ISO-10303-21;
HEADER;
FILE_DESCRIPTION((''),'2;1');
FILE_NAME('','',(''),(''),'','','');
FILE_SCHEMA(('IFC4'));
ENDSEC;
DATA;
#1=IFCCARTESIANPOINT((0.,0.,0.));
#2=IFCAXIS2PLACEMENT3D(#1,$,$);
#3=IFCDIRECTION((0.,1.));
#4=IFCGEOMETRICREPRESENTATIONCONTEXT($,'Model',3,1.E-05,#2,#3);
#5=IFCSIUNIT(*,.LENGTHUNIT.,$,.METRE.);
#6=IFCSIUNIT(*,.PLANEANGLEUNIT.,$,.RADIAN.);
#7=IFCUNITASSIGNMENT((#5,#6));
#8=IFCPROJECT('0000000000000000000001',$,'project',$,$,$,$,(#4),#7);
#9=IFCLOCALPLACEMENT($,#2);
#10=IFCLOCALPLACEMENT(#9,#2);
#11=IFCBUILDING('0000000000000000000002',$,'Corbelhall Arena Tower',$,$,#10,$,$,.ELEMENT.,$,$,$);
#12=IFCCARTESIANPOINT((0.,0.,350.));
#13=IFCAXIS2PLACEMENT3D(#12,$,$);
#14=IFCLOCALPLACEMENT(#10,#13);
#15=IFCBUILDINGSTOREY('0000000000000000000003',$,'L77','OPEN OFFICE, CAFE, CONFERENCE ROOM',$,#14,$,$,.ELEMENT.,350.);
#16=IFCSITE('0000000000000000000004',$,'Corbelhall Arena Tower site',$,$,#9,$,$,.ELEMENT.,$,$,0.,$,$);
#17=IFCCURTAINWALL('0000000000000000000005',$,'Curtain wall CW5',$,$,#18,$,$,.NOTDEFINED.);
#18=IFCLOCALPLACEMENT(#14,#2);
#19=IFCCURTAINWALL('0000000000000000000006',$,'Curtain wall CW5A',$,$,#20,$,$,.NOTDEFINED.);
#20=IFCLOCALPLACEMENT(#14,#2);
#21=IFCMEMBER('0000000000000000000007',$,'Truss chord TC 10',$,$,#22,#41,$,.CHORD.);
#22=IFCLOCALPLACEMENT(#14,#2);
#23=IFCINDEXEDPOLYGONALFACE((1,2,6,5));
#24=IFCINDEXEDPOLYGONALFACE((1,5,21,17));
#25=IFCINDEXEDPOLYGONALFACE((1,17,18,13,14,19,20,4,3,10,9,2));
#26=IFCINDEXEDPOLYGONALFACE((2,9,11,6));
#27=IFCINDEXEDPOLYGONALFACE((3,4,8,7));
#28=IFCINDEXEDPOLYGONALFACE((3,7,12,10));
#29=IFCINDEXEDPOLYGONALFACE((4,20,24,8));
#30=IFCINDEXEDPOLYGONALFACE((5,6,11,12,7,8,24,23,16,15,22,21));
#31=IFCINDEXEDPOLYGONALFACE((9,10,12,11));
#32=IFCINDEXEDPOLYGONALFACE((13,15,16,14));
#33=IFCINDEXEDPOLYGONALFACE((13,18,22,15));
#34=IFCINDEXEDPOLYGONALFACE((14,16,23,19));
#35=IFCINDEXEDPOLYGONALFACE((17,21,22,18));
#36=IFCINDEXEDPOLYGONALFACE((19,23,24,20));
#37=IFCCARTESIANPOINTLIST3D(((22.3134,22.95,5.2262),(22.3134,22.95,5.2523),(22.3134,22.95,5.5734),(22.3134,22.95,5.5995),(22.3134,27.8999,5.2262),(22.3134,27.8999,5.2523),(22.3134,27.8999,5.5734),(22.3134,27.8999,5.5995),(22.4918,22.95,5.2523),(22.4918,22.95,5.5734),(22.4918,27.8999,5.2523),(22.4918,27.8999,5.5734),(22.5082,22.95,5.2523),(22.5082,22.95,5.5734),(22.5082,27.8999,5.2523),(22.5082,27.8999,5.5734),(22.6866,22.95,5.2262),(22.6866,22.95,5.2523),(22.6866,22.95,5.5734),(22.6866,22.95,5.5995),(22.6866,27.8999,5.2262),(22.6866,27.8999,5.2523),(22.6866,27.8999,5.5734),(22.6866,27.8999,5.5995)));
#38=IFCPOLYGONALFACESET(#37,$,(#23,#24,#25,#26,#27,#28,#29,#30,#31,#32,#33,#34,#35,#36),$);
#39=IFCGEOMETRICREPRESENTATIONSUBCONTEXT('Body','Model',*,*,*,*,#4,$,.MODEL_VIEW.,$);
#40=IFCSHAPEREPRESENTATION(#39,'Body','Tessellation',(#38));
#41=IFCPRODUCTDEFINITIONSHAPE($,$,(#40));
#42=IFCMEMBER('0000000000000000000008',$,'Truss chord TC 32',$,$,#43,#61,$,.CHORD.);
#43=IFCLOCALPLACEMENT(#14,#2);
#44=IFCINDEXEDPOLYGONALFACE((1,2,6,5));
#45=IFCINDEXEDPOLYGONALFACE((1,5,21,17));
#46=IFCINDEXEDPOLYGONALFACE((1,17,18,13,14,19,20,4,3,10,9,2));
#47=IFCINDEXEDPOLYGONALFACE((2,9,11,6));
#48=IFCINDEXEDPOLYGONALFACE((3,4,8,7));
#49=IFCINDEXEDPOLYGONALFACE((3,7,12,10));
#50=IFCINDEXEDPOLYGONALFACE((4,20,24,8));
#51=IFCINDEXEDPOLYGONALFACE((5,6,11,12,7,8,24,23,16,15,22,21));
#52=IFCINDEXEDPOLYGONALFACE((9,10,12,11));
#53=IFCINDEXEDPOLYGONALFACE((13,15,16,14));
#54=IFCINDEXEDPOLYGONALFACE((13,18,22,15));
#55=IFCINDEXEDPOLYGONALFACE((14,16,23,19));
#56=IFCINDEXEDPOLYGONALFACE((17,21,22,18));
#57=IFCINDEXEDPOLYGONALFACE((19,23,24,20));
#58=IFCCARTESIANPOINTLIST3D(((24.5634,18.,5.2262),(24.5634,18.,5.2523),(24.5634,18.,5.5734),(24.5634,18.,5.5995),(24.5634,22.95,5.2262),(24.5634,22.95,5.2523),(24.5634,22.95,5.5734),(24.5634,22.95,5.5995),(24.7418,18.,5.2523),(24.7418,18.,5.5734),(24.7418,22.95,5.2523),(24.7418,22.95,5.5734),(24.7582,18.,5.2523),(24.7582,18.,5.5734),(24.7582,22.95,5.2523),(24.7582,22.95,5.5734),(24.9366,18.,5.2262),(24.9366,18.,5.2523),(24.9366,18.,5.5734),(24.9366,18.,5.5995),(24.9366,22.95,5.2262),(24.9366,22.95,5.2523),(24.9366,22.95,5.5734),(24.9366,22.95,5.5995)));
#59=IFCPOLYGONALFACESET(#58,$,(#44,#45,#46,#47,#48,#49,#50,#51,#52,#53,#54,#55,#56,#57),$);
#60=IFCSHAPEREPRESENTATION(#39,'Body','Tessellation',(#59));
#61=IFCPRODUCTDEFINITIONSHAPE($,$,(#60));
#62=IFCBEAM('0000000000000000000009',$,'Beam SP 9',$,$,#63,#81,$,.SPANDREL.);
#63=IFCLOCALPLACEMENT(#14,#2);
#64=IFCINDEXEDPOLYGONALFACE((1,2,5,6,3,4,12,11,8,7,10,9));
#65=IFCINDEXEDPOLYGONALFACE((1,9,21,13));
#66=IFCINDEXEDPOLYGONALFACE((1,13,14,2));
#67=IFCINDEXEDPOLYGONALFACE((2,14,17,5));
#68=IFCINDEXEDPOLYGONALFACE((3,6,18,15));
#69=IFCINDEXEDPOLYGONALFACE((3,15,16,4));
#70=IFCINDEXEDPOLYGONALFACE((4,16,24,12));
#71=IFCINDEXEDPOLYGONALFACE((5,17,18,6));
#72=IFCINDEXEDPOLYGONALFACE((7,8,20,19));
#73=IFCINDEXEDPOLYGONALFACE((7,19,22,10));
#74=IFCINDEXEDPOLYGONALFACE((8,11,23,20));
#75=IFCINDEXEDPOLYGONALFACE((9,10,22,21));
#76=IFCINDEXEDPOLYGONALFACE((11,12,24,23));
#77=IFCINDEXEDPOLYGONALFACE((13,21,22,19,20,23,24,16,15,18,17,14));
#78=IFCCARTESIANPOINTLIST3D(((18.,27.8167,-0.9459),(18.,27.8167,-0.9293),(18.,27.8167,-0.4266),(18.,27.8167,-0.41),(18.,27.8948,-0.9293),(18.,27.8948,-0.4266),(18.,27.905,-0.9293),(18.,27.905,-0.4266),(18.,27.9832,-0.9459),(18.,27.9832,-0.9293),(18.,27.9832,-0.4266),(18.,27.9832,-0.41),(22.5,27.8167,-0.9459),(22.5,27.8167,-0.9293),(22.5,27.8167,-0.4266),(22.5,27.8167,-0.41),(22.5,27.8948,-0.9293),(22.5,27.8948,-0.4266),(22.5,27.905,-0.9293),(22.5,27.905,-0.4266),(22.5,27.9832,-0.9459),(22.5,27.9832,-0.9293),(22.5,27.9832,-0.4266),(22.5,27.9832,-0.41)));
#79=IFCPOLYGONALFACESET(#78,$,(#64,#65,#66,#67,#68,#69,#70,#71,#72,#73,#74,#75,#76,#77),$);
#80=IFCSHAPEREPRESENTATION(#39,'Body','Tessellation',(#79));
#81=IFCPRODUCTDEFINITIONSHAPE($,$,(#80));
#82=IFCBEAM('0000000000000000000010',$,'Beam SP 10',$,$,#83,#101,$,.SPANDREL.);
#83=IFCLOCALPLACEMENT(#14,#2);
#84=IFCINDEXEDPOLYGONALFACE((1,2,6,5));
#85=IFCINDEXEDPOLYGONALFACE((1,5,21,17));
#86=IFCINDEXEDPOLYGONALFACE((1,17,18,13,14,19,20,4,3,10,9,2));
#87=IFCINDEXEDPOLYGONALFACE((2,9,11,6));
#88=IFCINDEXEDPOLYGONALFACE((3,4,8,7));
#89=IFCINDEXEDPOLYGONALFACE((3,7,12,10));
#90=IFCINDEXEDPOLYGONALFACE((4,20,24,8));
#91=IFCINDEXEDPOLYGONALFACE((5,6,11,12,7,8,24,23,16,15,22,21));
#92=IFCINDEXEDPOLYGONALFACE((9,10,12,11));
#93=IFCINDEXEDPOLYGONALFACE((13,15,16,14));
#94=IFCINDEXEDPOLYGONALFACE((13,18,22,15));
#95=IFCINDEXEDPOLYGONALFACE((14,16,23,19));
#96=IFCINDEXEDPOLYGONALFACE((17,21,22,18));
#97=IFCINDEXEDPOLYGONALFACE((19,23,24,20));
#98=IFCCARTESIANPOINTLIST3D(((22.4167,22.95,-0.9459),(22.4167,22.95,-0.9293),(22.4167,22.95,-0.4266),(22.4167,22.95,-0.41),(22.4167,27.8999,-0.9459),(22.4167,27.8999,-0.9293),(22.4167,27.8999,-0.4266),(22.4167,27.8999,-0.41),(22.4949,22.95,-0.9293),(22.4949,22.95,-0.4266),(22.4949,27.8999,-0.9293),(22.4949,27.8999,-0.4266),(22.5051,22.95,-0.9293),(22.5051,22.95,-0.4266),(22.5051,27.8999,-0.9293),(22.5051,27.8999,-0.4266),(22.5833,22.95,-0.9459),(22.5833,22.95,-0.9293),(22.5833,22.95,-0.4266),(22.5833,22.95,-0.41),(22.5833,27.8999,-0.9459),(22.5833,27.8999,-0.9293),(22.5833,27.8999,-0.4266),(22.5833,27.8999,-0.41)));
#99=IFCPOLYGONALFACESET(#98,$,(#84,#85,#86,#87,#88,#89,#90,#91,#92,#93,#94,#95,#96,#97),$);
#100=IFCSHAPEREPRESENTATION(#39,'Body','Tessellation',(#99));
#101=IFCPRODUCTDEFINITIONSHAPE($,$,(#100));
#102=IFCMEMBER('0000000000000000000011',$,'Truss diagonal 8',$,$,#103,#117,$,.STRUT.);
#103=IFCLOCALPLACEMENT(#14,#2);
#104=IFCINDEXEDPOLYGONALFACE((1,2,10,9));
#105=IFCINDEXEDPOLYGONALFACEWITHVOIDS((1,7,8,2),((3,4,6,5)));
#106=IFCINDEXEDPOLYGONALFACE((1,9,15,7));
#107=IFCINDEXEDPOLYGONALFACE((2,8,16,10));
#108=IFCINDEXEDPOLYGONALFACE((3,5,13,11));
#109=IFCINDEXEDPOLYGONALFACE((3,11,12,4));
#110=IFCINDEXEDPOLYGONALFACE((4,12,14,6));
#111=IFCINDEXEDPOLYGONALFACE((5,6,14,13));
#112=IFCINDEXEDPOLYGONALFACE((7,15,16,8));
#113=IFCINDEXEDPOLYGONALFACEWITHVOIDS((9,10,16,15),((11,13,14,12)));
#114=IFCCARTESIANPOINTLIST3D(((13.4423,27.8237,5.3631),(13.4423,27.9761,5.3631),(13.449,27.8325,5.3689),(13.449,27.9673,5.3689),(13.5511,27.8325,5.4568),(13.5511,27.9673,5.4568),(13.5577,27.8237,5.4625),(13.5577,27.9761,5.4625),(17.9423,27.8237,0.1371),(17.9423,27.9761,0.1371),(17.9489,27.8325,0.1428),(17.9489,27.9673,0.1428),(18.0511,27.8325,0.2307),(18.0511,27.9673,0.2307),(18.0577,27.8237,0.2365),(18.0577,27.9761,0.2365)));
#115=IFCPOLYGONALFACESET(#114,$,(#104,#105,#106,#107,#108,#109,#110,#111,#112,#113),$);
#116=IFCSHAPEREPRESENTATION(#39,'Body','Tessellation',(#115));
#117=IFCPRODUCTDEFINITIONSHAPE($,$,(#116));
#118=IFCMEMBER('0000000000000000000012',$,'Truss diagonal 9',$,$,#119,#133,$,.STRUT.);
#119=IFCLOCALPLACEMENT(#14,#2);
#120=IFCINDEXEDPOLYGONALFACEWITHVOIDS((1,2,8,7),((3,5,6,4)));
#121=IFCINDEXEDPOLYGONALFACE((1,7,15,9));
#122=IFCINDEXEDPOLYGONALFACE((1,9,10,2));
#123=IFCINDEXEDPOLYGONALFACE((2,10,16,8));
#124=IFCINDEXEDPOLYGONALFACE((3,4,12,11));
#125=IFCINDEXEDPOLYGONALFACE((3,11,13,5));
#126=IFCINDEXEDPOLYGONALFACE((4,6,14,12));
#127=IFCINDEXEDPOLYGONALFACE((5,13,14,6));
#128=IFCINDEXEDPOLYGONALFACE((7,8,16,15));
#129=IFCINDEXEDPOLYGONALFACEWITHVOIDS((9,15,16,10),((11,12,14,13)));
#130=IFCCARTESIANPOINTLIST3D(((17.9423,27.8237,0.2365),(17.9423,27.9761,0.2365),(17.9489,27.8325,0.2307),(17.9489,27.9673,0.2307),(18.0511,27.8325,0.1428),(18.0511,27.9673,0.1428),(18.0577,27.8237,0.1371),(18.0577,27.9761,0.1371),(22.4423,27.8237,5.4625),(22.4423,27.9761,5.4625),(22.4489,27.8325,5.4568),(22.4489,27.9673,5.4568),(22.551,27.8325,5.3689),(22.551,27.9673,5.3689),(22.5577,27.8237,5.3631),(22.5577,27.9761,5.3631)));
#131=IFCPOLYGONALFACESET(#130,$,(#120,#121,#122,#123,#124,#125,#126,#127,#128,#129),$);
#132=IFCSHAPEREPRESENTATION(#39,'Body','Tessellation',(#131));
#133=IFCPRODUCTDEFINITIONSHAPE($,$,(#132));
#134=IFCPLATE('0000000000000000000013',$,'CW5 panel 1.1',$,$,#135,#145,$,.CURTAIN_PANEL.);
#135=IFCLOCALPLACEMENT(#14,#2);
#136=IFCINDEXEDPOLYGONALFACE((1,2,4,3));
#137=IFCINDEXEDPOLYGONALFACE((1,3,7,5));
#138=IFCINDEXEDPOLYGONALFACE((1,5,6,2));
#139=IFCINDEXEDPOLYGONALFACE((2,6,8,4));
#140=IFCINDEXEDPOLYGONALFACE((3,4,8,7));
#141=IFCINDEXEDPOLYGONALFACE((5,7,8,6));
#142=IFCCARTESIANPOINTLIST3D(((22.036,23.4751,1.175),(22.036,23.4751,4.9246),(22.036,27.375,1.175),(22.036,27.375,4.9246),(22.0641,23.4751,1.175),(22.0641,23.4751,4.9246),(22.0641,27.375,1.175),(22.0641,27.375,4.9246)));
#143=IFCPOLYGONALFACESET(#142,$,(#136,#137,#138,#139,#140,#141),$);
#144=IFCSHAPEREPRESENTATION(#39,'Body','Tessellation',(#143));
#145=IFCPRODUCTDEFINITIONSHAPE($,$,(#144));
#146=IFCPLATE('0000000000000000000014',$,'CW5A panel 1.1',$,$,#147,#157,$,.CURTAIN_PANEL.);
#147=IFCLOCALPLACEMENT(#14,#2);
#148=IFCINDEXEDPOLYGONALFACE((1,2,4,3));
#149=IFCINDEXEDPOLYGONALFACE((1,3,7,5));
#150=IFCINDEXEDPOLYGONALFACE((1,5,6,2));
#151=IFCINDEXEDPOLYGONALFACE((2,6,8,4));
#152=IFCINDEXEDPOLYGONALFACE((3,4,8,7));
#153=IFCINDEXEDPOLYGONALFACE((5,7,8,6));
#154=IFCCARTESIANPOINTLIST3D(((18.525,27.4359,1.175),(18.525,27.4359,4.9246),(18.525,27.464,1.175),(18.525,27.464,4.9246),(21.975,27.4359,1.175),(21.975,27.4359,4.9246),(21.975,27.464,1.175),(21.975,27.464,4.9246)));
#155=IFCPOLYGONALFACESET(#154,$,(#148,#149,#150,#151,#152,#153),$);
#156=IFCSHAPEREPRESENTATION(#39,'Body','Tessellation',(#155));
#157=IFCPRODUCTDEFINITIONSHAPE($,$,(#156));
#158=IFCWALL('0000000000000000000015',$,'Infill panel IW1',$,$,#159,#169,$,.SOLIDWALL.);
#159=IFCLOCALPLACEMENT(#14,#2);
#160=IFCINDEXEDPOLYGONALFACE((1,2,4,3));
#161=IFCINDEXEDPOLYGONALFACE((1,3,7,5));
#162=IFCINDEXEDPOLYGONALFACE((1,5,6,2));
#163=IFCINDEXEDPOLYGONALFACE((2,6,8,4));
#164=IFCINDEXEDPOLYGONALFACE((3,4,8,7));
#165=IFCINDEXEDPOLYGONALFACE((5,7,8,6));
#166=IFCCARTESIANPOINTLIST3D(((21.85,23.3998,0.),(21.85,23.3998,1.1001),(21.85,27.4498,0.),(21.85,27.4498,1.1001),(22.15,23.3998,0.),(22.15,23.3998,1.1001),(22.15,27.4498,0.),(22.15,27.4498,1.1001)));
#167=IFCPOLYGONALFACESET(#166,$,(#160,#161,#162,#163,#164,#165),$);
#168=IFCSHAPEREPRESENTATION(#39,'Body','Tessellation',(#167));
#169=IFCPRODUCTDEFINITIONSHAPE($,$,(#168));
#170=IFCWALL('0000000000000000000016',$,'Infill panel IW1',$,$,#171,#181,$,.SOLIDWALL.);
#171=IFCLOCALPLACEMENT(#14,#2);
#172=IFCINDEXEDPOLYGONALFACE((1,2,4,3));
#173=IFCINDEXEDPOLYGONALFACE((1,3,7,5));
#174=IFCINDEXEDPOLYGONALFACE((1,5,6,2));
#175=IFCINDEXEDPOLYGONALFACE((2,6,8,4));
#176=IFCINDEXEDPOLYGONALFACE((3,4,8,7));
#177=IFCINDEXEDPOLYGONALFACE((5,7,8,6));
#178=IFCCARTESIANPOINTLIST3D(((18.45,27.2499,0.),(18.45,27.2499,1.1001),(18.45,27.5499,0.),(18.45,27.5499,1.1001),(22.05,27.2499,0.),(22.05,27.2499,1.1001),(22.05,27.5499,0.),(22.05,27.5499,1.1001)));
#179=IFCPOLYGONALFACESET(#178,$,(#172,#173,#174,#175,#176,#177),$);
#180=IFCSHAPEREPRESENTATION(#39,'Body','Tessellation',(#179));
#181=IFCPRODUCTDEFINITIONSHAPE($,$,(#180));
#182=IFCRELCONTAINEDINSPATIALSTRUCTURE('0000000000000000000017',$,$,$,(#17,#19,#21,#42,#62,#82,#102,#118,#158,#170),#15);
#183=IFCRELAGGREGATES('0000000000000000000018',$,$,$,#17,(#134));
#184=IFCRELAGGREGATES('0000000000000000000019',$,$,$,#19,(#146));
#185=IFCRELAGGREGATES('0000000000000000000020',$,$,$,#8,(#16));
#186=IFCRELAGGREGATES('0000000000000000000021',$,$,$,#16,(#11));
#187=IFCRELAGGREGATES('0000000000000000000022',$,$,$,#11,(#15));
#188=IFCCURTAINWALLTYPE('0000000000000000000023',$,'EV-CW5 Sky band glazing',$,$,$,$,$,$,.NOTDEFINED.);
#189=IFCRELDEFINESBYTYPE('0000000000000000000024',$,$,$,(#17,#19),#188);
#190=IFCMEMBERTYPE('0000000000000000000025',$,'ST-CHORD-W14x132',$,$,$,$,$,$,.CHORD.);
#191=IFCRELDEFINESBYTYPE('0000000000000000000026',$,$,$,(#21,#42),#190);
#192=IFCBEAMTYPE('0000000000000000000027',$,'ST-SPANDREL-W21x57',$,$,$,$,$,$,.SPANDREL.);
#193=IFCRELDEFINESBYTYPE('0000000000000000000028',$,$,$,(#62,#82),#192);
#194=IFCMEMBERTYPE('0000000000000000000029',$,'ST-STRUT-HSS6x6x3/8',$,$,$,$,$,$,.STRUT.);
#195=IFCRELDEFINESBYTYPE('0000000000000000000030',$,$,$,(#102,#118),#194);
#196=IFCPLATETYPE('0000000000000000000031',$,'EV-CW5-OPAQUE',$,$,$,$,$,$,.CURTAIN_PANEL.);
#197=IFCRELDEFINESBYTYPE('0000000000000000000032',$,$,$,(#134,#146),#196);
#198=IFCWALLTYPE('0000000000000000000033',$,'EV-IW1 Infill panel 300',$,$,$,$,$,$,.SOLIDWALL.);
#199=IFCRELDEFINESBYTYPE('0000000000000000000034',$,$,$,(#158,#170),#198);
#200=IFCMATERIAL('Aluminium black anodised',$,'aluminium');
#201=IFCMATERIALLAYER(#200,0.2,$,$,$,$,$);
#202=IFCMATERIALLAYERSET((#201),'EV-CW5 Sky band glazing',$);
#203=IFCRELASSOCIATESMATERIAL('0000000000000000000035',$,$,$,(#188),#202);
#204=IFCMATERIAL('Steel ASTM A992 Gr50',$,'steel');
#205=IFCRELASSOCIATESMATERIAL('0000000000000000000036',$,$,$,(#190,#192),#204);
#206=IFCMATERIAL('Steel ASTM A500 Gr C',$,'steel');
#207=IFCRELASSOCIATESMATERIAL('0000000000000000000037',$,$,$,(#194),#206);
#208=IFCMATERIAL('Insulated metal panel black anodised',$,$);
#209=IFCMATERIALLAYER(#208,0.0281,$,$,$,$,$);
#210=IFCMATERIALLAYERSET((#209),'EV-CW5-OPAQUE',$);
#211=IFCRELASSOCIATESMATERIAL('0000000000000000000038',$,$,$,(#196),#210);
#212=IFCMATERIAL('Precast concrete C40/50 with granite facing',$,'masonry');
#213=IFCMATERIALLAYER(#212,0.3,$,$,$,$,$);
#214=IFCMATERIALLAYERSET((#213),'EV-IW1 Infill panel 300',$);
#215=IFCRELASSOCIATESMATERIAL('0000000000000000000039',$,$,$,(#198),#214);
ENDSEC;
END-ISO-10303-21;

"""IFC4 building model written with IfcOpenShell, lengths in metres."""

from ifc_helpers import new_model, si_unit, direction, frame, frame_2d, origin, origin_2d, place, context, subcontext, project, spatial, rectangle, hollow_rectangle, i_section, extrude, material, layer, layer_set, material_profile, profile_set, type_object, element, aggregate, save


model = new_model("IFC4")

# Units and contexts
model_context = context("Model", 3, precision=1e-05, world=origin(), true_north=direction((0.0, 1.0)))
body_context = subcontext(model_context, "Body", "Model", "MODEL_VIEW")
ifc_project = project(units=[si_unit("LENGTHUNIT", "METRE"), si_unit("PLANEANGLEUNIT", "RADIAN")], contexts=[model_context])

# Site, building, storey
site_placement = place(None, origin())
site = spatial("IfcSite", under=ifc_project, at=site_placement, Name="Corbelhall Arena Tower site", CompositionType="ELEMENT", RefElevation=0.0)
building_placement = place(site_placement, origin())
building = spatial("IfcBuilding", under=site, at=building_placement, Name="Corbelhall Arena Tower", CompositionType="ELEMENT")
storey_placement = place(building_placement, frame((0.0, 0.0, 350.0)))
storey = spatial("IfcBuildingStorey", under=building, at=storey_placement, Name="L77", Description="OPEN OFFICE, CAFE, CONFERENCE ROOM", CompositionType="ELEMENT", Elevation=350.0)

# Curtain walls
ifc_material_1 = material(Name="Aluminium black anodised", Category="aluminium")
ifc_layer_1 = layer(ifc_material_1, 0.2)
ifc_layer_set_1 = layer_set([ifc_layer_1], Name="EV-CW5 Sky band glazing")
curtain_wall_type = type_object("IfcCurtainWallType", Name="EV-CW5 Sky band glazing", PredefinedType="NOTDEFINED", material=ifc_layer_set_1)
curtain_wall_1_placement = place(storey_placement, origin())
curtain_wall_1 = element("IfcCurtainWall", 1, at=curtain_wall_1_placement, inside=storey, type_object=curtain_wall_type, Name="Curtain wall CW5", PredefinedType="NOTDEFINED")
curtain_wall_2_placement = place(storey_placement, origin())
curtain_wall_2 = element("IfcCurtainWall", 2, at=curtain_wall_2_placement, inside=storey, type_object=curtain_wall_type, Name="Curtain wall CW5A", PredefinedType="NOTDEFINED")

# Members
ifc_material_2 = material(Name="Steel ASTM A992 Gr50", Category="steel")
ifc_material_profile_1 = material_profile(ifc_material_2, i_section(OverallWidth=0.3733, OverallDepth=0.3733, WebThickness=0.0164, FlangeThickness=0.0261, at=origin_2d()))
ifc_profile_set_1 = profile_set([ifc_material_profile_1], Name="Steel ASTM A992 Gr50")
member_type_1 = type_object("IfcMemberType", Name="ST-CHORD-W14x132", PredefinedType="CHORD", material=ifc_profile_set_1)
for number, where, z_axis, x_axis, name in (
    (3, (22.5, 27.8999, 5.4128), (0.0, -1.0, 0.0), (1.0, 0.0, 0.0), "Truss chord TC 10"),
    (4, (24.75, 22.95, 5.4128), (0.0, -1.0, 0.0), (1.0, 0.0, 0.0), "Truss chord TC 32"),
):
    element("IfcMember", number, at=place(storey_placement, frame(where, z_axis=z_axis, x_axis=x_axis)), inside=storey, type_object=member_type_1, Name=name, PredefinedType="CHORD", context=body_context, shape_type="SweptSolid", body=[
        extrude(i_section(OverallWidth=0.3733, OverallDepth=0.3733, WebThickness=0.0164, FlangeThickness=0.0261, at=origin_2d()), origin(), (0.0, 0.0, 1.0), 4.95),
    ])

# Beams
ifc_material_profile_2 = material_profile(ifc_material_2, i_section(OverallWidth=0.1665, OverallDepth=0.5359, WebThickness=0.0103, FlangeThickness=0.0166, at=origin_2d()))
ifc_profile_set_2 = profile_set([ifc_material_profile_2], Name="Steel ASTM A992 Gr50")
beam_type = type_object("IfcBeamType", Name="ST-SPANDREL-W21x57", PredefinedType="SPANDREL", material=ifc_profile_set_2)
beam_1_placement = place(storey_placement, frame((18.0, 27.8999, -0.678), z_axis=(1.0, 0.0, 0.0), x_axis=(0.0, 1.0, 0.0)))
element("IfcBeam", 5, at=beam_1_placement, inside=storey, type_object=beam_type, Name="Beam SP 9", PredefinedType="SPANDREL", context=body_context, shape_type="SweptSolid", body=[
    extrude(i_section(OverallWidth=0.1665, OverallDepth=0.5359, WebThickness=0.0103, FlangeThickness=0.0166, at=origin_2d()), origin(), (0.0, 0.0, 1.0), 4.5),
])
beam_2_placement = place(storey_placement, frame((22.5, 27.8999, -0.678), z_axis=(0.0, -1.0, 0.0), x_axis=(1.0, 0.0, 0.0)))
element("IfcBeam", 6, at=beam_2_placement, inside=storey, type_object=beam_type, Name="Beam SP 10", PredefinedType="SPANDREL", context=body_context, shape_type="SweptSolid", body=[
    extrude(i_section(OverallWidth=0.1665, OverallDepth=0.5359, WebThickness=0.0103, FlangeThickness=0.0166, at=origin_2d()), origin(), (0.0, 0.0, 1.0), 4.95),
])

# Members
ifc_material_3 = material(Name="Steel ASTM A500 Gr C", Category="steel")
ifc_material_profile_3 = material_profile(ifc_material_3, hollow_rectangle(XDim=0.1523, YDim=0.1523, WallThickness=0.0088, at=origin_2d()))
ifc_profile_set_3 = profile_set([ifc_material_profile_3], Name="Steel ASTM A500 Gr C")
member_type_2 = type_object("IfcMemberType", Name="ST-STRUT-HSS6x6x3/8", PredefinedType="STRUT", material=ifc_profile_set_3)
for number, where, z_axis, x_axis, name in (
    (7, (18.0, 27.8999, 0.1868), (-0.652504, 0.0, 0.757785), (0.0, -1.0, 0.0), "Truss diagonal 8"),
    (8, (18.0, 27.8999, 0.1868), (0.652504, 0.0, 0.757785), (0.0, 1.0, 0.0), "Truss diagonal 9"),
):
    element("IfcMember", number, at=place(storey_placement, frame(where, z_axis=z_axis, x_axis=x_axis)), inside=storey, type_object=member_type_2, Name=name, PredefinedType="STRUT", context=body_context, shape_type="SweptSolid", body=[
        extrude(hollow_rectangle(XDim=0.1523, YDim=0.1523, WallThickness=0.0088, at=origin_2d()), origin(), (0.0, 0.0, 1.0), 6.8965),
    ])

# Plates
ifc_material_4 = material(Name="Insulated metal panel black anodised")
ifc_layer_2 = layer(ifc_material_4, 0.0281)
ifc_layer_set_2 = layer_set([ifc_layer_2], Name="EV-CW5-OPAQUE")
plate_type = type_object("IfcPlateType", Name="EV-CW5-OPAQUE", PredefinedType="CURTAIN_PANEL", material=ifc_layer_set_2)
plate_1_placement = place(storey_placement, frame((22.05, 25.425, 1.175), z_axis=(0.0, 0.0, 1.0), x_axis=(0.0, 1.0, 0.0)))
plate_1 = element("IfcPlate", 9, at=plate_1_placement, type_object=plate_type, Name="CW5 panel 1.1", PredefinedType="CURTAIN_PANEL", context=body_context, shape_type="SweptSolid", body=[
    extrude(rectangle(XDim=3.8999, YDim=0.0281, at=origin_2d()), origin(), (0.0, 0.0, 1.0), 3.7495),
])
aggregate(curtain_wall_1, [plate_1])
plate_2_placement = place(storey_placement, frame((20.25, 27.45, 1.175), z_axis=(0.0, 0.0, 1.0), x_axis=(-1.0, 0.0, 0.0)))
plate_2 = element("IfcPlate", 10, at=plate_2_placement, type_object=plate_type, Name="CW5A panel 1.1", PredefinedType="CURTAIN_PANEL", context=body_context, shape_type="SweptSolid", body=[
    extrude(rectangle(XDim=3.45, YDim=0.0281, at=origin_2d()), origin(), (0.0, 0.0, 1.0), 3.7495),
])
aggregate(curtain_wall_2, [plate_2])

# Walls
ifc_material_5 = material(Name="Precast concrete C40/50 with granite facing", Category="masonry")
ifc_layer_3 = layer(ifc_material_5, 0.3)
ifc_layer_set_3 = layer_set([ifc_layer_3], Name="EV-IW1 Infill panel 300")
wall_type = type_object("IfcWallType", Name="EV-IW1 Infill panel 300", PredefinedType="SOLIDWALL", material=ifc_layer_set_3)
wall_1_placement = place(storey_placement, frame((22.0, 23.3999, 0.0), z_axis=(0.0, 0.0, 1.0), x_axis=(0.0, 1.0, 0.0)))
element("IfcWall", 11, at=wall_1_placement, inside=storey, type_object=wall_type, Name="Infill panel IW1", PredefinedType="SOLIDWALL", context=body_context, shape_type="SweptSolid", body=[
    extrude(rectangle(XDim=4.05, YDim=0.3, at=frame_2d((2.0249, 0.0))), origin(), (0.0, 0.0, 1.0), 1.1001),
])
wall_2_placement = place(storey_placement, frame((22.05, 27.3999, 0.0), z_axis=(0.0, 0.0, 1.0), x_axis=(-1.0, 0.0, 0.0)))
element("IfcWall", 12, at=wall_2_placement, inside=storey, type_object=wall_type, Name="Infill panel IW1", PredefinedType="SOLIDWALL", context=body_context, shape_type="SweptSolid", body=[
    extrude(rectangle(XDim=3.6001, YDim=0.3, at=frame_2d((1.8, 0.0))), origin(), (0.0, 0.0, 1.0), 1.1001),
])

save(model, "model.ifc")
